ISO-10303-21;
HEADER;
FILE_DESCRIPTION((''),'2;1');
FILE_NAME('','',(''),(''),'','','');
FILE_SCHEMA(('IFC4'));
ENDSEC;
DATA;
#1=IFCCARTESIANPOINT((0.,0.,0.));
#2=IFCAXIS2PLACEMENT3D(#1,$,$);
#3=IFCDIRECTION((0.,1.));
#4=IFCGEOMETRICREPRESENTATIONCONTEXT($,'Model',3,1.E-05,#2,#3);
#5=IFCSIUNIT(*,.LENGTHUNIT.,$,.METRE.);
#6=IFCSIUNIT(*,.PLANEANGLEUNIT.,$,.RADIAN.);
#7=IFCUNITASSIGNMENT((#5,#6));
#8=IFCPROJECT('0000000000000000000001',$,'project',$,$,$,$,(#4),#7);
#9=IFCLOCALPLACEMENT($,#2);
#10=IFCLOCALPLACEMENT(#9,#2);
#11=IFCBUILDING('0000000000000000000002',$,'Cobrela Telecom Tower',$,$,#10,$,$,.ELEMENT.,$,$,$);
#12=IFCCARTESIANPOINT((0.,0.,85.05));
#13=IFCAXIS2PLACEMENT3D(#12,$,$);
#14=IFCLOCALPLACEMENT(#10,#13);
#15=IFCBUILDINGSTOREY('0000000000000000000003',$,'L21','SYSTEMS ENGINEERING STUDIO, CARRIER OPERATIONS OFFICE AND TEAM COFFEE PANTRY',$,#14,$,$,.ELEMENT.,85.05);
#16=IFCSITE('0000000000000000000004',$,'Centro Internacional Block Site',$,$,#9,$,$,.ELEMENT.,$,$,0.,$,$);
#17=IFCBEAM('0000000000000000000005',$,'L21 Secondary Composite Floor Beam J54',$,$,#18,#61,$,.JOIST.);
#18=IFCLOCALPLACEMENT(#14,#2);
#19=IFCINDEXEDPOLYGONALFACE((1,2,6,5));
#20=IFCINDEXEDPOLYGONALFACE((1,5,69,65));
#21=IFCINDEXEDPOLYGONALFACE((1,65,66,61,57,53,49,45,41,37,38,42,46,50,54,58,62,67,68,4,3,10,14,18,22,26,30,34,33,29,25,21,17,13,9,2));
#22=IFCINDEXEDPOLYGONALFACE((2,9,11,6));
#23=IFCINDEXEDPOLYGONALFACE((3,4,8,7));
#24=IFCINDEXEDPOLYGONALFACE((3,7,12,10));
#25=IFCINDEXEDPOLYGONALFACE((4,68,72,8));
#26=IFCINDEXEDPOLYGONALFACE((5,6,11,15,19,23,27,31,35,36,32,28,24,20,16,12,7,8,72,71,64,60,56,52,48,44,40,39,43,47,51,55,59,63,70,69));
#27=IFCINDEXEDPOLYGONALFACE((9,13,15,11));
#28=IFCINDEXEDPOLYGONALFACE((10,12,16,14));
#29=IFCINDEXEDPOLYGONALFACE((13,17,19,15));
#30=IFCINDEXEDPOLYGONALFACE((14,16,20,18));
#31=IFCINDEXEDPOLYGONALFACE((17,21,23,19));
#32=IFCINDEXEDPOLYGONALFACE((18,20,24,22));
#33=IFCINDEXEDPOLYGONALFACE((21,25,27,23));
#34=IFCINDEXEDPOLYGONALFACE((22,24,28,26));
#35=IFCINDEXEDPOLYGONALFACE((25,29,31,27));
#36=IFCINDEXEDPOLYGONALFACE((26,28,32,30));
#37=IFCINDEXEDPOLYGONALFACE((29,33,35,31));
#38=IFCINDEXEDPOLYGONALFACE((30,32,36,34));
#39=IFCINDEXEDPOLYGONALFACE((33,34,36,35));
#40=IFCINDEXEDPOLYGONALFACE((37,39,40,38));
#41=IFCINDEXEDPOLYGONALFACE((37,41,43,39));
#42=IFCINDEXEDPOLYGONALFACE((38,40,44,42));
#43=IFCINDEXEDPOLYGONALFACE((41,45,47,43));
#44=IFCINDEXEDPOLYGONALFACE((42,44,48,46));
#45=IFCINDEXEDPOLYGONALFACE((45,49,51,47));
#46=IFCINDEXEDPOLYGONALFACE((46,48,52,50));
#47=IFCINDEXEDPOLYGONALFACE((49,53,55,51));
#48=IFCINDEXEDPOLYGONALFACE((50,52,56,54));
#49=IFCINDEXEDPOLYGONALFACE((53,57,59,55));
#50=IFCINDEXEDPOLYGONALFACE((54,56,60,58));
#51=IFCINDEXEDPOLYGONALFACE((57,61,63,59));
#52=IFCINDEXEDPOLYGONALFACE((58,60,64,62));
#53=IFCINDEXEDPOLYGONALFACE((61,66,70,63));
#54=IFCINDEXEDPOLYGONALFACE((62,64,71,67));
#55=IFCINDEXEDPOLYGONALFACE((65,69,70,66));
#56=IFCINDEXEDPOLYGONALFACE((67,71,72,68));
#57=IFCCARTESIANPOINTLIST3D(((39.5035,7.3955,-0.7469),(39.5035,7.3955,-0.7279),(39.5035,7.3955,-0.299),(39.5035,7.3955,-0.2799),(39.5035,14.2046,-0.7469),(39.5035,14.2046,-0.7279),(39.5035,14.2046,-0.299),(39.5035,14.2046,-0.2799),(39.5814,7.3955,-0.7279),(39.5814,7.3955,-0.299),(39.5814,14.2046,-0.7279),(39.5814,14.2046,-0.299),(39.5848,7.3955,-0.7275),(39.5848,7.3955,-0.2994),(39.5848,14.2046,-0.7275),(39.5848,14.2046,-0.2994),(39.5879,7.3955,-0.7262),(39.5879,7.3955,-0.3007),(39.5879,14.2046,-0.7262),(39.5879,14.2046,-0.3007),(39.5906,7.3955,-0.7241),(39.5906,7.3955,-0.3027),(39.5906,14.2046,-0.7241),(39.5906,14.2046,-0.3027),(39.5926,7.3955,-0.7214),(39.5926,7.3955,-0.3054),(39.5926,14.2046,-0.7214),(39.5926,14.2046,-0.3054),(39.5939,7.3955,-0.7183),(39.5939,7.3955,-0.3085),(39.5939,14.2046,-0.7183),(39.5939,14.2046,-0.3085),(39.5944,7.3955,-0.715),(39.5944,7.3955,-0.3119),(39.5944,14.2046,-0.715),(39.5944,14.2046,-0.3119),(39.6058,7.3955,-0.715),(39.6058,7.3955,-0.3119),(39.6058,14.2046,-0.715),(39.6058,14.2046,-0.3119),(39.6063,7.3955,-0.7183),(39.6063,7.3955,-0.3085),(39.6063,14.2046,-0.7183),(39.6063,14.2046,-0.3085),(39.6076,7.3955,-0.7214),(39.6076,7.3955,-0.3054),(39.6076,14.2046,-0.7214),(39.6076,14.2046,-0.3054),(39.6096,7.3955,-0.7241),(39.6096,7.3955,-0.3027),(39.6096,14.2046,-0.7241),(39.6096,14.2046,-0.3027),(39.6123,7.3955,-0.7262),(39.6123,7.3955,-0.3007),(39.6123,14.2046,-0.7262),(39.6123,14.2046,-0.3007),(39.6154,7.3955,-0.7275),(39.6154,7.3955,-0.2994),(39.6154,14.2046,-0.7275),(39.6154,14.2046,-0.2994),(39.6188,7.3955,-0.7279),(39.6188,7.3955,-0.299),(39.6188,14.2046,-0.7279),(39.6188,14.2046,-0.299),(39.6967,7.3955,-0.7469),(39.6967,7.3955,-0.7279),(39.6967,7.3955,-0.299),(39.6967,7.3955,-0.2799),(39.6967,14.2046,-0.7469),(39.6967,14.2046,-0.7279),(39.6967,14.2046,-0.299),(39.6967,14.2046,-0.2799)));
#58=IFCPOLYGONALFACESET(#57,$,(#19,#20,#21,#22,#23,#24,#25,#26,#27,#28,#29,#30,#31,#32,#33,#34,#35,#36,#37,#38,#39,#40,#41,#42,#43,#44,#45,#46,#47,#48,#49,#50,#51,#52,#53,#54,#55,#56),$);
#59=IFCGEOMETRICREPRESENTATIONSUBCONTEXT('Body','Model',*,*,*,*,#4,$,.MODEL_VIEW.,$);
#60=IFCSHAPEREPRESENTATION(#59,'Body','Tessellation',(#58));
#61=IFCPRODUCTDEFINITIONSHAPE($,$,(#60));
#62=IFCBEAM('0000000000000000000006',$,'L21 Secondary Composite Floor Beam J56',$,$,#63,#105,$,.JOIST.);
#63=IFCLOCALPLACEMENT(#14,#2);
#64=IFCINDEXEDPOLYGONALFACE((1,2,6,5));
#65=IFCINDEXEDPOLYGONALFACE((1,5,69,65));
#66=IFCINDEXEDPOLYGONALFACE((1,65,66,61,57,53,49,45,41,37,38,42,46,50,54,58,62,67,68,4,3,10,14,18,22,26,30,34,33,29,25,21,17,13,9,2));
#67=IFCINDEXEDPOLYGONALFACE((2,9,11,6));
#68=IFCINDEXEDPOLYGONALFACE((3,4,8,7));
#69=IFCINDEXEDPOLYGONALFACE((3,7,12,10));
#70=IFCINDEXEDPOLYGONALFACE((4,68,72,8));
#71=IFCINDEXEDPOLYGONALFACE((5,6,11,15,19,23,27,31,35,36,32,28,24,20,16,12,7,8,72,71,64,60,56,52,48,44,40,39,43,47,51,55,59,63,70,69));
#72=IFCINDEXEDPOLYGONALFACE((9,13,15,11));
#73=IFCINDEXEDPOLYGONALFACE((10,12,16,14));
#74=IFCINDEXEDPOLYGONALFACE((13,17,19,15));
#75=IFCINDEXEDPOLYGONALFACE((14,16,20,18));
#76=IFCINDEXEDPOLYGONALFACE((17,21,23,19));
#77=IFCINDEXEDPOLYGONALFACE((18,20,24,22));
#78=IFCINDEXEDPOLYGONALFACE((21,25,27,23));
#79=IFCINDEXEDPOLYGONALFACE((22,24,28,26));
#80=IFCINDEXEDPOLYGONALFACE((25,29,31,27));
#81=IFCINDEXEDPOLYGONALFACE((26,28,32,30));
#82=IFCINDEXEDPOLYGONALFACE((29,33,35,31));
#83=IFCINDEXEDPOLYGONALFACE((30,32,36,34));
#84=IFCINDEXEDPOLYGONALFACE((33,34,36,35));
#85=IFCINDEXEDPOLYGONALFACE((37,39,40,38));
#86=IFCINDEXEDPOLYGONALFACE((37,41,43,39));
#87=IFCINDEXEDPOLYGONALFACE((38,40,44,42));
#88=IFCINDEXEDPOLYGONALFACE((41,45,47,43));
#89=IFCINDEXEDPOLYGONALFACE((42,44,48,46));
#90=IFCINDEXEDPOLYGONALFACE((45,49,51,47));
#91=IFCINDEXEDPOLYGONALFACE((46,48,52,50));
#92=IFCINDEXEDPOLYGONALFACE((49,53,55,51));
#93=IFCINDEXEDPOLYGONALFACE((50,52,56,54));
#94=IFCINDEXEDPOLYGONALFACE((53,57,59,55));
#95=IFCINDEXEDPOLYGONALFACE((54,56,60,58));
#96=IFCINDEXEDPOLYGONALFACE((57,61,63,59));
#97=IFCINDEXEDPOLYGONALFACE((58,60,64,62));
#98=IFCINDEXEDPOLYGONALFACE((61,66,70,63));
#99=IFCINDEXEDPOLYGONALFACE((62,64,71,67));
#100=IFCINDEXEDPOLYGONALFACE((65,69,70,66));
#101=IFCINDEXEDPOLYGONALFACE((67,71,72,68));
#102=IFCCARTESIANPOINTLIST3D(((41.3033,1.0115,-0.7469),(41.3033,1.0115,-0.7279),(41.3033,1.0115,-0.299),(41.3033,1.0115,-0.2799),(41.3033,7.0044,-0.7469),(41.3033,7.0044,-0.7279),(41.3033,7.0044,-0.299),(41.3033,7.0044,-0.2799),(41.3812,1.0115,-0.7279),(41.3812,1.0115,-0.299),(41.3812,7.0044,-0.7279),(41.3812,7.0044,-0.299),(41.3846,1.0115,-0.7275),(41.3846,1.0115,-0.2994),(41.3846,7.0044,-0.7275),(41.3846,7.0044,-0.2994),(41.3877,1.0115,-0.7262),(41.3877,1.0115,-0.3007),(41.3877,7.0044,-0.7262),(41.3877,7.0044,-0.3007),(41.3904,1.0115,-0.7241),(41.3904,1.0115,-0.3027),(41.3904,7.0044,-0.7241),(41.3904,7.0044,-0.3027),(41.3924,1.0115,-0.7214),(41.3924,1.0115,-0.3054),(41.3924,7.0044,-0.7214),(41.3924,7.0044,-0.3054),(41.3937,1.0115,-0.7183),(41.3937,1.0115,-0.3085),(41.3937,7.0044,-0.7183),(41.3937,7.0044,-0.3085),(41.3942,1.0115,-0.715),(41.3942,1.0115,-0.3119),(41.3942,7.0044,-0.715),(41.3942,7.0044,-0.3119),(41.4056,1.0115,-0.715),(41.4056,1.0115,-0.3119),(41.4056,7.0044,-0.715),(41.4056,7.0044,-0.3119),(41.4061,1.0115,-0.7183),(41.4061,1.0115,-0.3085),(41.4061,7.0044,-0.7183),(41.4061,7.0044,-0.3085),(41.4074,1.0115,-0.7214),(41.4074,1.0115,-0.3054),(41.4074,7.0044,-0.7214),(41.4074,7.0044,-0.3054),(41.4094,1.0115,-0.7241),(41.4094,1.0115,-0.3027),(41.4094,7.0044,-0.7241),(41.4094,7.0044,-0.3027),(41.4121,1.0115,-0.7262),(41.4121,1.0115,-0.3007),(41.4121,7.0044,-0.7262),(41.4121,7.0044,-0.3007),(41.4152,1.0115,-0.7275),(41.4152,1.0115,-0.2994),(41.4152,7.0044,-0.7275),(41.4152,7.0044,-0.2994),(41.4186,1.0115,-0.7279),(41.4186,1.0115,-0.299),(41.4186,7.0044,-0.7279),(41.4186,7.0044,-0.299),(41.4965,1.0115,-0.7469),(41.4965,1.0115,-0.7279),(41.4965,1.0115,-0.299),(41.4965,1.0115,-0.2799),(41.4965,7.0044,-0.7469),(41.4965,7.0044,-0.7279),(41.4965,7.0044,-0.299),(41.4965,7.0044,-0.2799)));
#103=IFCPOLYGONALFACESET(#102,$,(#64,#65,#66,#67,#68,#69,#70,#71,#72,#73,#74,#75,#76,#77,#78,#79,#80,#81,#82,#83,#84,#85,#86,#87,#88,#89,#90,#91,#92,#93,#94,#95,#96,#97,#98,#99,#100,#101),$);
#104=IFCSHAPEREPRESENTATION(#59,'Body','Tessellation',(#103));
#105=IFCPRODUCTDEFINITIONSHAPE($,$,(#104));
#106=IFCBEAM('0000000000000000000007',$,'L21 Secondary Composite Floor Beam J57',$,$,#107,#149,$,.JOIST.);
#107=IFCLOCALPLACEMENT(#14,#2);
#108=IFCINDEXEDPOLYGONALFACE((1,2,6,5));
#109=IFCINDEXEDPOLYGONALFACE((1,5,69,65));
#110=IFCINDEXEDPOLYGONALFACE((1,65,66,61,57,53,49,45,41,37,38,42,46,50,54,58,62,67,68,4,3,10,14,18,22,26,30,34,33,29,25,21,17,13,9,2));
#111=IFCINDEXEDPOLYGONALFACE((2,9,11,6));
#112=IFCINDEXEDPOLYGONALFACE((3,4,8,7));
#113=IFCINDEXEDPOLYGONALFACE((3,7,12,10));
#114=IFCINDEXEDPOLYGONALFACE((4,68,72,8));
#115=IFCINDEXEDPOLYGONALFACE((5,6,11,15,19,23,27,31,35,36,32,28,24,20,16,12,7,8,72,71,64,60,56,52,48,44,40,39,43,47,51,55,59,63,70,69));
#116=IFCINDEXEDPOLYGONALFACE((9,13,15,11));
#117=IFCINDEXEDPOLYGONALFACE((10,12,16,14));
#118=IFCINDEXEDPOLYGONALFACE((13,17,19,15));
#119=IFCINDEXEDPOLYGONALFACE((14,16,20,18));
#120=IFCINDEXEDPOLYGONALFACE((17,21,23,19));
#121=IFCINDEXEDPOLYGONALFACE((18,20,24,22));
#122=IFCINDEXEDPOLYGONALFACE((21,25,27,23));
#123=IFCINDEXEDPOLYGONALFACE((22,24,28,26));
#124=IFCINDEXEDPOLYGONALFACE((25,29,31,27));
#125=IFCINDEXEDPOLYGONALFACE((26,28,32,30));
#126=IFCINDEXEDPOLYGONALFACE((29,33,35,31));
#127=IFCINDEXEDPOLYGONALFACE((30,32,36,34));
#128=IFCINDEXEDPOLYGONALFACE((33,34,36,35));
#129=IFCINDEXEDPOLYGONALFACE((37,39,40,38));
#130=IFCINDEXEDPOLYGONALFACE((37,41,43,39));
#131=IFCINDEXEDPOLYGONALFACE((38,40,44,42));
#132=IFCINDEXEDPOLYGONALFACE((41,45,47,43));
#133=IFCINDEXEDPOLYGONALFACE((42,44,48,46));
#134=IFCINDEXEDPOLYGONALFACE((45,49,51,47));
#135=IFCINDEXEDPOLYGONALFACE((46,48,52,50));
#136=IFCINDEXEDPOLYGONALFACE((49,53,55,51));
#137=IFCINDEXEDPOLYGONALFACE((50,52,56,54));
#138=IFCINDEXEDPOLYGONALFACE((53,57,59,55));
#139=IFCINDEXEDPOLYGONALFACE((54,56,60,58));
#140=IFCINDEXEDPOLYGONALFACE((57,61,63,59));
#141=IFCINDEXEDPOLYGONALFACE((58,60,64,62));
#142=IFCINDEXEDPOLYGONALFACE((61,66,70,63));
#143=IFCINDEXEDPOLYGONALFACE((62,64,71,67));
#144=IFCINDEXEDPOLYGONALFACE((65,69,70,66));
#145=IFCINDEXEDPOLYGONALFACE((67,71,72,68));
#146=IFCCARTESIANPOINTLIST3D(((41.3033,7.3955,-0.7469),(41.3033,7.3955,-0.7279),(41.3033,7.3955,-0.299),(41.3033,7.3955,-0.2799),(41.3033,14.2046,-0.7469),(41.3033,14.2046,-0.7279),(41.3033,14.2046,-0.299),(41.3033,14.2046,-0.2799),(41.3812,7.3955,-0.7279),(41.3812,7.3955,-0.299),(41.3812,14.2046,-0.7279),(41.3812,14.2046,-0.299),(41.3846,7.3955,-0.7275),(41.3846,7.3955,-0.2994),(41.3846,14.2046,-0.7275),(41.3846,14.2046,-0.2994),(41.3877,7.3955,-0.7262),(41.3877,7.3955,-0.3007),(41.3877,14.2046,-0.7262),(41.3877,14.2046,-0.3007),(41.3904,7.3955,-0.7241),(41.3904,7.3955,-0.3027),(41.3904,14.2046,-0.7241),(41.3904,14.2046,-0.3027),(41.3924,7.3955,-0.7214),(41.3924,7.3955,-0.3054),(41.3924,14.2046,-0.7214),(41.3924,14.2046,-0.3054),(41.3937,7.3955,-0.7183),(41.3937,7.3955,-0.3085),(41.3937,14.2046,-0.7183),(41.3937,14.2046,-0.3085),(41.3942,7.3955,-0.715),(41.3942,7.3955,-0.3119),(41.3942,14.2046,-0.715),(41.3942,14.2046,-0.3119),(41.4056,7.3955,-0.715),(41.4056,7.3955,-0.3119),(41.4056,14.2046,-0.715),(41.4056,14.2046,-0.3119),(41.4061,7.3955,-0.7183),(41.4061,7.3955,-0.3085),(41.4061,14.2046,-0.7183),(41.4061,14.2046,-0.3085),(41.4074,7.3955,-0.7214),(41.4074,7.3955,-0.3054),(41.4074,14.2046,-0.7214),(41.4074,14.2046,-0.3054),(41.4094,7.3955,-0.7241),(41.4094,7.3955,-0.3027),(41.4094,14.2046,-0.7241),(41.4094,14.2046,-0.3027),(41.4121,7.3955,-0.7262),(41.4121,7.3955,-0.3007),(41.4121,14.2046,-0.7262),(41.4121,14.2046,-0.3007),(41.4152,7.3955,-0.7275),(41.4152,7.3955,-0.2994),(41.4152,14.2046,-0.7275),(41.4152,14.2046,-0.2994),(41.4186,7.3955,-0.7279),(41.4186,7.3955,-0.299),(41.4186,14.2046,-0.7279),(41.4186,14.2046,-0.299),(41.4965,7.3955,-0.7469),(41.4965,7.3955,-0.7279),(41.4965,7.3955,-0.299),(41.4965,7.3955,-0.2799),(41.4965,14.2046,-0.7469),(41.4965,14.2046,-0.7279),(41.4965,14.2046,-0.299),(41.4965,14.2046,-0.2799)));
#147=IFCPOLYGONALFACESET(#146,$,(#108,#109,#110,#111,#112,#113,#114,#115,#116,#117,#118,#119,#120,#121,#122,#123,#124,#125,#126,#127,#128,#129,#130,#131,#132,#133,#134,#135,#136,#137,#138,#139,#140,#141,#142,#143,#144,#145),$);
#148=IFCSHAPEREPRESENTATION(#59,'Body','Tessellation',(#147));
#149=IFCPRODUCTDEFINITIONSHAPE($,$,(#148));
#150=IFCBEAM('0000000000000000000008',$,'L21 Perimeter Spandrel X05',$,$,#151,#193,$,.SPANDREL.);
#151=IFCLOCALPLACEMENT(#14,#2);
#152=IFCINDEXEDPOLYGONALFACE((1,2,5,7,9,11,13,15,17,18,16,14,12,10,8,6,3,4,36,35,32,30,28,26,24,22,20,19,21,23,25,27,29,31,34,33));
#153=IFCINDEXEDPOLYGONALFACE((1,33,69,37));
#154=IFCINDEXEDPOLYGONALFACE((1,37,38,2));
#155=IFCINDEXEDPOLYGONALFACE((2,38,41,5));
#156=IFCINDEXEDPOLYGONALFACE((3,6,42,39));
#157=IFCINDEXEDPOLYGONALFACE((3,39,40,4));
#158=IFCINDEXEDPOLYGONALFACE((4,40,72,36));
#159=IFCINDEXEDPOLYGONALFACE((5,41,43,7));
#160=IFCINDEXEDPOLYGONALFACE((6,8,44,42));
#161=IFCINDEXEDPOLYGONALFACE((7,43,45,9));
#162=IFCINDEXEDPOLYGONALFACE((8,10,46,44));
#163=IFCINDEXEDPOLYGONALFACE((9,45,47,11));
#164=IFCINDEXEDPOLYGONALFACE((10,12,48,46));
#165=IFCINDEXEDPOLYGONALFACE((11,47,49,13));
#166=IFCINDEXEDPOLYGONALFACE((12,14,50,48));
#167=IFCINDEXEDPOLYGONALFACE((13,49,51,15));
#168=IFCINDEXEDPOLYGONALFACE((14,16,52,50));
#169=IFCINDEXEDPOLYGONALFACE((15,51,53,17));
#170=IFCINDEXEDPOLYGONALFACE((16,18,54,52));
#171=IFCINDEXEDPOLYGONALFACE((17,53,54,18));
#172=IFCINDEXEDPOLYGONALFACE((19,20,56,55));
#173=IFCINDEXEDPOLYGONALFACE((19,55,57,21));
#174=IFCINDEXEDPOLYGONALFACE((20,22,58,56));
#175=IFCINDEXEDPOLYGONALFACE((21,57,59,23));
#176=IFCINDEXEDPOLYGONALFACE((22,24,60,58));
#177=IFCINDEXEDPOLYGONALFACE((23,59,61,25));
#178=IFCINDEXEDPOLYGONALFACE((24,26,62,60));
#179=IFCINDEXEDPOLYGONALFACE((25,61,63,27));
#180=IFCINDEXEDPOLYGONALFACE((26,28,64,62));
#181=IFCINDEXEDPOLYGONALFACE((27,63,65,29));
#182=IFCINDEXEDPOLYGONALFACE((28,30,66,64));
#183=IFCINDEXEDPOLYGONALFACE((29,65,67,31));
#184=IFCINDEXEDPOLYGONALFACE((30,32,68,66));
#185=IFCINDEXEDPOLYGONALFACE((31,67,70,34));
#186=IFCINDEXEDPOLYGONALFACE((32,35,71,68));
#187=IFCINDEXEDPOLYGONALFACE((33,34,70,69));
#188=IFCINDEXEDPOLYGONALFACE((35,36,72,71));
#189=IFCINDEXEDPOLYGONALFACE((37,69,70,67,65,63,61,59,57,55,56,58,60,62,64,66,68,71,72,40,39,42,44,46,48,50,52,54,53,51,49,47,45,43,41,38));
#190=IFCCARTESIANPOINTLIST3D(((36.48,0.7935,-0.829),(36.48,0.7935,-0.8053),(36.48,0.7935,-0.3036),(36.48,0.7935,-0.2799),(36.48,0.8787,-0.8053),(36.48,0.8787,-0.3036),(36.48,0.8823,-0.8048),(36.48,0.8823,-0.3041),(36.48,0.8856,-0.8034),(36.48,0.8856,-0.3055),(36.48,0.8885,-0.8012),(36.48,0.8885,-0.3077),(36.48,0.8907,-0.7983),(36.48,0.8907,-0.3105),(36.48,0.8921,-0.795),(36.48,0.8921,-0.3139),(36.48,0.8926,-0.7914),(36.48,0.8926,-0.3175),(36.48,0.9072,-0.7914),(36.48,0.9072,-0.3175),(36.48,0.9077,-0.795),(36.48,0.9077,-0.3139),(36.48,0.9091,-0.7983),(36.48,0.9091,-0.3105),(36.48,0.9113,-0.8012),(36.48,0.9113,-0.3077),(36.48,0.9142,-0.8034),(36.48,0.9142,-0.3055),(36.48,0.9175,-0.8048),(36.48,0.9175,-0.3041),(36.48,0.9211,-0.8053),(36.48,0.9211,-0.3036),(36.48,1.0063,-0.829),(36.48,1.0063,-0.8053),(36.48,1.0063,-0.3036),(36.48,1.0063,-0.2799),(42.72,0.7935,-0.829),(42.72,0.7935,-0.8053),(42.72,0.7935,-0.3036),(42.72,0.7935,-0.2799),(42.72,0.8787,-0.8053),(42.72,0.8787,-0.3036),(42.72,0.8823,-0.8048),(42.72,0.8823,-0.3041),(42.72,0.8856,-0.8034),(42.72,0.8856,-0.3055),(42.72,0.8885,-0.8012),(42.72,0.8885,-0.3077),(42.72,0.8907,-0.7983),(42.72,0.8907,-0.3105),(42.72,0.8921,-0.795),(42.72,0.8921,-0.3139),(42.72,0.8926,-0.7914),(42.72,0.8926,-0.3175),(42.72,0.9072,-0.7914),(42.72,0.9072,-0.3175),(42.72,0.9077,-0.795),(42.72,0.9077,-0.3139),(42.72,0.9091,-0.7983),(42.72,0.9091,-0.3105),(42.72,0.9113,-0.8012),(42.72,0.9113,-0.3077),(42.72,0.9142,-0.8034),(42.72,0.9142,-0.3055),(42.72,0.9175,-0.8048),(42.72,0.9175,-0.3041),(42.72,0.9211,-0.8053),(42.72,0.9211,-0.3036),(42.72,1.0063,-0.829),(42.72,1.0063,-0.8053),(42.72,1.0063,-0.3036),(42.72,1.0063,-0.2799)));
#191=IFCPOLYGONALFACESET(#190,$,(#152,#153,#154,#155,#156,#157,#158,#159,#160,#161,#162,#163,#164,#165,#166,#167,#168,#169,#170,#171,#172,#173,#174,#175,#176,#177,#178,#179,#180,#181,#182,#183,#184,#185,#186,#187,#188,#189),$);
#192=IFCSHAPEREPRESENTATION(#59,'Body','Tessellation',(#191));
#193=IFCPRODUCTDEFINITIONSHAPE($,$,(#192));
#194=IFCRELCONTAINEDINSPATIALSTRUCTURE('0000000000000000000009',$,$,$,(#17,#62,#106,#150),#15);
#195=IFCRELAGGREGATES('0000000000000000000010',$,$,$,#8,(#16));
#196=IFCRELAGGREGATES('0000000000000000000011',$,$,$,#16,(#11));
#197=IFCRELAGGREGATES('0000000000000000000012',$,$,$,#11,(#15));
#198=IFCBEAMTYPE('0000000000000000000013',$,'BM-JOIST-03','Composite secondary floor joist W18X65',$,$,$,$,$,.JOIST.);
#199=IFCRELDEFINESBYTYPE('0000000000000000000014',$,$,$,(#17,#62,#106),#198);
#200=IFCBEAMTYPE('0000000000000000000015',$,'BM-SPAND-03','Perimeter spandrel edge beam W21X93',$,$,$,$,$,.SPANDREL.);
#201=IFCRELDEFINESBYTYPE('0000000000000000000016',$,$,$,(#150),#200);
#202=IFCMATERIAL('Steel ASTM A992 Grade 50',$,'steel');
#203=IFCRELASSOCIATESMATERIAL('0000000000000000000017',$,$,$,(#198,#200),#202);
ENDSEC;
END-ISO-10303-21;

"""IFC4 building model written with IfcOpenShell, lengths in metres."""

from ifc_helpers import new_model, si_unit, direction, frame, origin, origin_2d, place, context, subcontext, project, spatial, i_section, extrude, material, material_profile, profile_set, type_object, element, save


model = new_model("IFC4")

# Units and contexts
model_context = context("Model", 3, precision=1e-05, world=origin(), true_north=direction((0.0, 1.0)))
body_context = subcontext(model_context, "Body", "Model", "MODEL_VIEW")
ifc_project = project(units=[si_unit("LENGTHUNIT", "METRE"), si_unit("PLANEANGLEUNIT", "RADIAN")], contexts=[model_context])

# Site, building, storey
site_placement = place(None, origin())
site = spatial("IfcSite", under=ifc_project, at=site_placement, Name="Centro Internacional Block Site", CompositionType="ELEMENT", RefElevation=0.0)
building_placement = place(site_placement, origin())
building = spatial("IfcBuilding", under=site, at=building_placement, Name="Cobrela Telecom Tower", CompositionType="ELEMENT")
storey_placement = place(building_placement, frame((0.0, 0.0, 85.05)))
storey = spatial("IfcBuildingStorey", under=building, at=storey_placement, Name="L21", Description="SYSTEMS ENGINEERING STUDIO, CARRIER OPERATIONS OFFICE AND TEAM COFFEE PANTRY", CompositionType="ELEMENT", Elevation=85.05)

# Shared definitions
ifc_material_1 = material(Name="Steel ASTM A992 Grade 50", Category="steel")

# Beams
ifc_material_profile_1 = material_profile(ifc_material_1, i_section(OverallWidth=0.1931, OverallDepth=0.467, WebThickness=0.0115, FlangeThickness=0.019, FilletRadius=0.0129, at=origin_2d()), Name="W18X65")
ifc_profile_set_1 = profile_set([ifc_material_profile_1], Name="Steel ASTM A992 Grade 50")
beam_type_1 = type_object("IfcBeamType", Name="BM-JOIST-03", Description="Composite secondary floor joist W18X65", PredefinedType="JOIST", material=ifc_profile_set_1)
beam_1_placement = place(storey_placement, frame((39.6001, 7.3955, -0.5134), z_axis=(0.0, 1.0, 0.0), x_axis=(-1.0, 0.0, 0.0)))
element("IfcBeam", 1, at=beam_1_placement, inside=storey, type_object=beam_type_1, Name="L21 Secondary Composite Floor Beam J54", PredefinedType="JOIST", context=body_context, shape_type="SweptSolid", body=[
    extrude(i_section(OverallWidth=0.1931, OverallDepth=0.467, WebThickness=0.0115, FlangeThickness=0.019, FilletRadius=0.0129, at=origin_2d()), origin(), (0.0, 0.0, 1.0), 6.8091),
])
beam_2_placement = place(storey_placement, frame((41.3999, 1.0115, -0.5134), z_axis=(0.0, 1.0, 0.0), x_axis=(-1.0, 0.0, 0.0)))
element("IfcBeam", 2, at=beam_2_placement, inside=storey, type_object=beam_type_1, Name="L21 Secondary Composite Floor Beam J56", PredefinedType="JOIST", context=body_context, shape_type="SweptSolid", body=[
    extrude(i_section(OverallWidth=0.1931, OverallDepth=0.467, WebThickness=0.0115, FlangeThickness=0.019, FilletRadius=0.0129, at=origin_2d()), origin(), (0.0, 0.0, 1.0), 5.9929),
])
beam_3_placement = place(storey_placement, frame((41.3999, 7.3955, -0.5134), z_axis=(0.0, 1.0, 0.0), x_axis=(-1.0, 0.0, 0.0)))
element("IfcBeam", 3, at=beam_3_placement, inside=storey, type_object=beam_type_1, Name="L21 Secondary Composite Floor Beam J57", PredefinedType="JOIST", context=body_context, shape_type="SweptSolid", body=[
    extrude(i_section(OverallWidth=0.1931, OverallDepth=0.467, WebThickness=0.0115, FlangeThickness=0.019, FilletRadius=0.0129, at=origin_2d()), origin(), (0.0, 0.0, 1.0), 6.8091),
])
ifc_material_profile_2 = material_profile(ifc_material_1, i_section(OverallWidth=0.2129, OverallDepth=0.5491, WebThickness=0.0146, FlangeThickness=0.0237, FilletRadius=0.0139, at=origin_2d()), Name="W21X93")
ifc_profile_set_2 = profile_set([ifc_material_profile_2], Name="Steel ASTM A992 Grade 50")
beam_type_2 = type_object("IfcBeamType", Name="BM-SPAND-03", Description="Perimeter spandrel edge beam W21X93", PredefinedType="SPANDREL", material=ifc_profile_set_2)
beam_4_placement = place(storey_placement, frame((36.48, 0.8999, -0.5544), z_axis=(1.0, 0.0, 0.0), x_axis=(0.0, 1.0, 0.0)))
element("IfcBeam", 4, at=beam_4_placement, inside=storey, type_object=beam_type_2, Name="L21 Perimeter Spandrel X05", PredefinedType="SPANDREL", context=body_context, shape_type="SweptSolid", body=[
    extrude(i_section(OverallWidth=0.2129, OverallDepth=0.5491, WebThickness=0.0146, FlangeThickness=0.0237, FilletRadius=0.0139, at=origin_2d()), origin(), (0.0, 0.0, 1.0), 6.24),
])

save(model, "model.ifc")
